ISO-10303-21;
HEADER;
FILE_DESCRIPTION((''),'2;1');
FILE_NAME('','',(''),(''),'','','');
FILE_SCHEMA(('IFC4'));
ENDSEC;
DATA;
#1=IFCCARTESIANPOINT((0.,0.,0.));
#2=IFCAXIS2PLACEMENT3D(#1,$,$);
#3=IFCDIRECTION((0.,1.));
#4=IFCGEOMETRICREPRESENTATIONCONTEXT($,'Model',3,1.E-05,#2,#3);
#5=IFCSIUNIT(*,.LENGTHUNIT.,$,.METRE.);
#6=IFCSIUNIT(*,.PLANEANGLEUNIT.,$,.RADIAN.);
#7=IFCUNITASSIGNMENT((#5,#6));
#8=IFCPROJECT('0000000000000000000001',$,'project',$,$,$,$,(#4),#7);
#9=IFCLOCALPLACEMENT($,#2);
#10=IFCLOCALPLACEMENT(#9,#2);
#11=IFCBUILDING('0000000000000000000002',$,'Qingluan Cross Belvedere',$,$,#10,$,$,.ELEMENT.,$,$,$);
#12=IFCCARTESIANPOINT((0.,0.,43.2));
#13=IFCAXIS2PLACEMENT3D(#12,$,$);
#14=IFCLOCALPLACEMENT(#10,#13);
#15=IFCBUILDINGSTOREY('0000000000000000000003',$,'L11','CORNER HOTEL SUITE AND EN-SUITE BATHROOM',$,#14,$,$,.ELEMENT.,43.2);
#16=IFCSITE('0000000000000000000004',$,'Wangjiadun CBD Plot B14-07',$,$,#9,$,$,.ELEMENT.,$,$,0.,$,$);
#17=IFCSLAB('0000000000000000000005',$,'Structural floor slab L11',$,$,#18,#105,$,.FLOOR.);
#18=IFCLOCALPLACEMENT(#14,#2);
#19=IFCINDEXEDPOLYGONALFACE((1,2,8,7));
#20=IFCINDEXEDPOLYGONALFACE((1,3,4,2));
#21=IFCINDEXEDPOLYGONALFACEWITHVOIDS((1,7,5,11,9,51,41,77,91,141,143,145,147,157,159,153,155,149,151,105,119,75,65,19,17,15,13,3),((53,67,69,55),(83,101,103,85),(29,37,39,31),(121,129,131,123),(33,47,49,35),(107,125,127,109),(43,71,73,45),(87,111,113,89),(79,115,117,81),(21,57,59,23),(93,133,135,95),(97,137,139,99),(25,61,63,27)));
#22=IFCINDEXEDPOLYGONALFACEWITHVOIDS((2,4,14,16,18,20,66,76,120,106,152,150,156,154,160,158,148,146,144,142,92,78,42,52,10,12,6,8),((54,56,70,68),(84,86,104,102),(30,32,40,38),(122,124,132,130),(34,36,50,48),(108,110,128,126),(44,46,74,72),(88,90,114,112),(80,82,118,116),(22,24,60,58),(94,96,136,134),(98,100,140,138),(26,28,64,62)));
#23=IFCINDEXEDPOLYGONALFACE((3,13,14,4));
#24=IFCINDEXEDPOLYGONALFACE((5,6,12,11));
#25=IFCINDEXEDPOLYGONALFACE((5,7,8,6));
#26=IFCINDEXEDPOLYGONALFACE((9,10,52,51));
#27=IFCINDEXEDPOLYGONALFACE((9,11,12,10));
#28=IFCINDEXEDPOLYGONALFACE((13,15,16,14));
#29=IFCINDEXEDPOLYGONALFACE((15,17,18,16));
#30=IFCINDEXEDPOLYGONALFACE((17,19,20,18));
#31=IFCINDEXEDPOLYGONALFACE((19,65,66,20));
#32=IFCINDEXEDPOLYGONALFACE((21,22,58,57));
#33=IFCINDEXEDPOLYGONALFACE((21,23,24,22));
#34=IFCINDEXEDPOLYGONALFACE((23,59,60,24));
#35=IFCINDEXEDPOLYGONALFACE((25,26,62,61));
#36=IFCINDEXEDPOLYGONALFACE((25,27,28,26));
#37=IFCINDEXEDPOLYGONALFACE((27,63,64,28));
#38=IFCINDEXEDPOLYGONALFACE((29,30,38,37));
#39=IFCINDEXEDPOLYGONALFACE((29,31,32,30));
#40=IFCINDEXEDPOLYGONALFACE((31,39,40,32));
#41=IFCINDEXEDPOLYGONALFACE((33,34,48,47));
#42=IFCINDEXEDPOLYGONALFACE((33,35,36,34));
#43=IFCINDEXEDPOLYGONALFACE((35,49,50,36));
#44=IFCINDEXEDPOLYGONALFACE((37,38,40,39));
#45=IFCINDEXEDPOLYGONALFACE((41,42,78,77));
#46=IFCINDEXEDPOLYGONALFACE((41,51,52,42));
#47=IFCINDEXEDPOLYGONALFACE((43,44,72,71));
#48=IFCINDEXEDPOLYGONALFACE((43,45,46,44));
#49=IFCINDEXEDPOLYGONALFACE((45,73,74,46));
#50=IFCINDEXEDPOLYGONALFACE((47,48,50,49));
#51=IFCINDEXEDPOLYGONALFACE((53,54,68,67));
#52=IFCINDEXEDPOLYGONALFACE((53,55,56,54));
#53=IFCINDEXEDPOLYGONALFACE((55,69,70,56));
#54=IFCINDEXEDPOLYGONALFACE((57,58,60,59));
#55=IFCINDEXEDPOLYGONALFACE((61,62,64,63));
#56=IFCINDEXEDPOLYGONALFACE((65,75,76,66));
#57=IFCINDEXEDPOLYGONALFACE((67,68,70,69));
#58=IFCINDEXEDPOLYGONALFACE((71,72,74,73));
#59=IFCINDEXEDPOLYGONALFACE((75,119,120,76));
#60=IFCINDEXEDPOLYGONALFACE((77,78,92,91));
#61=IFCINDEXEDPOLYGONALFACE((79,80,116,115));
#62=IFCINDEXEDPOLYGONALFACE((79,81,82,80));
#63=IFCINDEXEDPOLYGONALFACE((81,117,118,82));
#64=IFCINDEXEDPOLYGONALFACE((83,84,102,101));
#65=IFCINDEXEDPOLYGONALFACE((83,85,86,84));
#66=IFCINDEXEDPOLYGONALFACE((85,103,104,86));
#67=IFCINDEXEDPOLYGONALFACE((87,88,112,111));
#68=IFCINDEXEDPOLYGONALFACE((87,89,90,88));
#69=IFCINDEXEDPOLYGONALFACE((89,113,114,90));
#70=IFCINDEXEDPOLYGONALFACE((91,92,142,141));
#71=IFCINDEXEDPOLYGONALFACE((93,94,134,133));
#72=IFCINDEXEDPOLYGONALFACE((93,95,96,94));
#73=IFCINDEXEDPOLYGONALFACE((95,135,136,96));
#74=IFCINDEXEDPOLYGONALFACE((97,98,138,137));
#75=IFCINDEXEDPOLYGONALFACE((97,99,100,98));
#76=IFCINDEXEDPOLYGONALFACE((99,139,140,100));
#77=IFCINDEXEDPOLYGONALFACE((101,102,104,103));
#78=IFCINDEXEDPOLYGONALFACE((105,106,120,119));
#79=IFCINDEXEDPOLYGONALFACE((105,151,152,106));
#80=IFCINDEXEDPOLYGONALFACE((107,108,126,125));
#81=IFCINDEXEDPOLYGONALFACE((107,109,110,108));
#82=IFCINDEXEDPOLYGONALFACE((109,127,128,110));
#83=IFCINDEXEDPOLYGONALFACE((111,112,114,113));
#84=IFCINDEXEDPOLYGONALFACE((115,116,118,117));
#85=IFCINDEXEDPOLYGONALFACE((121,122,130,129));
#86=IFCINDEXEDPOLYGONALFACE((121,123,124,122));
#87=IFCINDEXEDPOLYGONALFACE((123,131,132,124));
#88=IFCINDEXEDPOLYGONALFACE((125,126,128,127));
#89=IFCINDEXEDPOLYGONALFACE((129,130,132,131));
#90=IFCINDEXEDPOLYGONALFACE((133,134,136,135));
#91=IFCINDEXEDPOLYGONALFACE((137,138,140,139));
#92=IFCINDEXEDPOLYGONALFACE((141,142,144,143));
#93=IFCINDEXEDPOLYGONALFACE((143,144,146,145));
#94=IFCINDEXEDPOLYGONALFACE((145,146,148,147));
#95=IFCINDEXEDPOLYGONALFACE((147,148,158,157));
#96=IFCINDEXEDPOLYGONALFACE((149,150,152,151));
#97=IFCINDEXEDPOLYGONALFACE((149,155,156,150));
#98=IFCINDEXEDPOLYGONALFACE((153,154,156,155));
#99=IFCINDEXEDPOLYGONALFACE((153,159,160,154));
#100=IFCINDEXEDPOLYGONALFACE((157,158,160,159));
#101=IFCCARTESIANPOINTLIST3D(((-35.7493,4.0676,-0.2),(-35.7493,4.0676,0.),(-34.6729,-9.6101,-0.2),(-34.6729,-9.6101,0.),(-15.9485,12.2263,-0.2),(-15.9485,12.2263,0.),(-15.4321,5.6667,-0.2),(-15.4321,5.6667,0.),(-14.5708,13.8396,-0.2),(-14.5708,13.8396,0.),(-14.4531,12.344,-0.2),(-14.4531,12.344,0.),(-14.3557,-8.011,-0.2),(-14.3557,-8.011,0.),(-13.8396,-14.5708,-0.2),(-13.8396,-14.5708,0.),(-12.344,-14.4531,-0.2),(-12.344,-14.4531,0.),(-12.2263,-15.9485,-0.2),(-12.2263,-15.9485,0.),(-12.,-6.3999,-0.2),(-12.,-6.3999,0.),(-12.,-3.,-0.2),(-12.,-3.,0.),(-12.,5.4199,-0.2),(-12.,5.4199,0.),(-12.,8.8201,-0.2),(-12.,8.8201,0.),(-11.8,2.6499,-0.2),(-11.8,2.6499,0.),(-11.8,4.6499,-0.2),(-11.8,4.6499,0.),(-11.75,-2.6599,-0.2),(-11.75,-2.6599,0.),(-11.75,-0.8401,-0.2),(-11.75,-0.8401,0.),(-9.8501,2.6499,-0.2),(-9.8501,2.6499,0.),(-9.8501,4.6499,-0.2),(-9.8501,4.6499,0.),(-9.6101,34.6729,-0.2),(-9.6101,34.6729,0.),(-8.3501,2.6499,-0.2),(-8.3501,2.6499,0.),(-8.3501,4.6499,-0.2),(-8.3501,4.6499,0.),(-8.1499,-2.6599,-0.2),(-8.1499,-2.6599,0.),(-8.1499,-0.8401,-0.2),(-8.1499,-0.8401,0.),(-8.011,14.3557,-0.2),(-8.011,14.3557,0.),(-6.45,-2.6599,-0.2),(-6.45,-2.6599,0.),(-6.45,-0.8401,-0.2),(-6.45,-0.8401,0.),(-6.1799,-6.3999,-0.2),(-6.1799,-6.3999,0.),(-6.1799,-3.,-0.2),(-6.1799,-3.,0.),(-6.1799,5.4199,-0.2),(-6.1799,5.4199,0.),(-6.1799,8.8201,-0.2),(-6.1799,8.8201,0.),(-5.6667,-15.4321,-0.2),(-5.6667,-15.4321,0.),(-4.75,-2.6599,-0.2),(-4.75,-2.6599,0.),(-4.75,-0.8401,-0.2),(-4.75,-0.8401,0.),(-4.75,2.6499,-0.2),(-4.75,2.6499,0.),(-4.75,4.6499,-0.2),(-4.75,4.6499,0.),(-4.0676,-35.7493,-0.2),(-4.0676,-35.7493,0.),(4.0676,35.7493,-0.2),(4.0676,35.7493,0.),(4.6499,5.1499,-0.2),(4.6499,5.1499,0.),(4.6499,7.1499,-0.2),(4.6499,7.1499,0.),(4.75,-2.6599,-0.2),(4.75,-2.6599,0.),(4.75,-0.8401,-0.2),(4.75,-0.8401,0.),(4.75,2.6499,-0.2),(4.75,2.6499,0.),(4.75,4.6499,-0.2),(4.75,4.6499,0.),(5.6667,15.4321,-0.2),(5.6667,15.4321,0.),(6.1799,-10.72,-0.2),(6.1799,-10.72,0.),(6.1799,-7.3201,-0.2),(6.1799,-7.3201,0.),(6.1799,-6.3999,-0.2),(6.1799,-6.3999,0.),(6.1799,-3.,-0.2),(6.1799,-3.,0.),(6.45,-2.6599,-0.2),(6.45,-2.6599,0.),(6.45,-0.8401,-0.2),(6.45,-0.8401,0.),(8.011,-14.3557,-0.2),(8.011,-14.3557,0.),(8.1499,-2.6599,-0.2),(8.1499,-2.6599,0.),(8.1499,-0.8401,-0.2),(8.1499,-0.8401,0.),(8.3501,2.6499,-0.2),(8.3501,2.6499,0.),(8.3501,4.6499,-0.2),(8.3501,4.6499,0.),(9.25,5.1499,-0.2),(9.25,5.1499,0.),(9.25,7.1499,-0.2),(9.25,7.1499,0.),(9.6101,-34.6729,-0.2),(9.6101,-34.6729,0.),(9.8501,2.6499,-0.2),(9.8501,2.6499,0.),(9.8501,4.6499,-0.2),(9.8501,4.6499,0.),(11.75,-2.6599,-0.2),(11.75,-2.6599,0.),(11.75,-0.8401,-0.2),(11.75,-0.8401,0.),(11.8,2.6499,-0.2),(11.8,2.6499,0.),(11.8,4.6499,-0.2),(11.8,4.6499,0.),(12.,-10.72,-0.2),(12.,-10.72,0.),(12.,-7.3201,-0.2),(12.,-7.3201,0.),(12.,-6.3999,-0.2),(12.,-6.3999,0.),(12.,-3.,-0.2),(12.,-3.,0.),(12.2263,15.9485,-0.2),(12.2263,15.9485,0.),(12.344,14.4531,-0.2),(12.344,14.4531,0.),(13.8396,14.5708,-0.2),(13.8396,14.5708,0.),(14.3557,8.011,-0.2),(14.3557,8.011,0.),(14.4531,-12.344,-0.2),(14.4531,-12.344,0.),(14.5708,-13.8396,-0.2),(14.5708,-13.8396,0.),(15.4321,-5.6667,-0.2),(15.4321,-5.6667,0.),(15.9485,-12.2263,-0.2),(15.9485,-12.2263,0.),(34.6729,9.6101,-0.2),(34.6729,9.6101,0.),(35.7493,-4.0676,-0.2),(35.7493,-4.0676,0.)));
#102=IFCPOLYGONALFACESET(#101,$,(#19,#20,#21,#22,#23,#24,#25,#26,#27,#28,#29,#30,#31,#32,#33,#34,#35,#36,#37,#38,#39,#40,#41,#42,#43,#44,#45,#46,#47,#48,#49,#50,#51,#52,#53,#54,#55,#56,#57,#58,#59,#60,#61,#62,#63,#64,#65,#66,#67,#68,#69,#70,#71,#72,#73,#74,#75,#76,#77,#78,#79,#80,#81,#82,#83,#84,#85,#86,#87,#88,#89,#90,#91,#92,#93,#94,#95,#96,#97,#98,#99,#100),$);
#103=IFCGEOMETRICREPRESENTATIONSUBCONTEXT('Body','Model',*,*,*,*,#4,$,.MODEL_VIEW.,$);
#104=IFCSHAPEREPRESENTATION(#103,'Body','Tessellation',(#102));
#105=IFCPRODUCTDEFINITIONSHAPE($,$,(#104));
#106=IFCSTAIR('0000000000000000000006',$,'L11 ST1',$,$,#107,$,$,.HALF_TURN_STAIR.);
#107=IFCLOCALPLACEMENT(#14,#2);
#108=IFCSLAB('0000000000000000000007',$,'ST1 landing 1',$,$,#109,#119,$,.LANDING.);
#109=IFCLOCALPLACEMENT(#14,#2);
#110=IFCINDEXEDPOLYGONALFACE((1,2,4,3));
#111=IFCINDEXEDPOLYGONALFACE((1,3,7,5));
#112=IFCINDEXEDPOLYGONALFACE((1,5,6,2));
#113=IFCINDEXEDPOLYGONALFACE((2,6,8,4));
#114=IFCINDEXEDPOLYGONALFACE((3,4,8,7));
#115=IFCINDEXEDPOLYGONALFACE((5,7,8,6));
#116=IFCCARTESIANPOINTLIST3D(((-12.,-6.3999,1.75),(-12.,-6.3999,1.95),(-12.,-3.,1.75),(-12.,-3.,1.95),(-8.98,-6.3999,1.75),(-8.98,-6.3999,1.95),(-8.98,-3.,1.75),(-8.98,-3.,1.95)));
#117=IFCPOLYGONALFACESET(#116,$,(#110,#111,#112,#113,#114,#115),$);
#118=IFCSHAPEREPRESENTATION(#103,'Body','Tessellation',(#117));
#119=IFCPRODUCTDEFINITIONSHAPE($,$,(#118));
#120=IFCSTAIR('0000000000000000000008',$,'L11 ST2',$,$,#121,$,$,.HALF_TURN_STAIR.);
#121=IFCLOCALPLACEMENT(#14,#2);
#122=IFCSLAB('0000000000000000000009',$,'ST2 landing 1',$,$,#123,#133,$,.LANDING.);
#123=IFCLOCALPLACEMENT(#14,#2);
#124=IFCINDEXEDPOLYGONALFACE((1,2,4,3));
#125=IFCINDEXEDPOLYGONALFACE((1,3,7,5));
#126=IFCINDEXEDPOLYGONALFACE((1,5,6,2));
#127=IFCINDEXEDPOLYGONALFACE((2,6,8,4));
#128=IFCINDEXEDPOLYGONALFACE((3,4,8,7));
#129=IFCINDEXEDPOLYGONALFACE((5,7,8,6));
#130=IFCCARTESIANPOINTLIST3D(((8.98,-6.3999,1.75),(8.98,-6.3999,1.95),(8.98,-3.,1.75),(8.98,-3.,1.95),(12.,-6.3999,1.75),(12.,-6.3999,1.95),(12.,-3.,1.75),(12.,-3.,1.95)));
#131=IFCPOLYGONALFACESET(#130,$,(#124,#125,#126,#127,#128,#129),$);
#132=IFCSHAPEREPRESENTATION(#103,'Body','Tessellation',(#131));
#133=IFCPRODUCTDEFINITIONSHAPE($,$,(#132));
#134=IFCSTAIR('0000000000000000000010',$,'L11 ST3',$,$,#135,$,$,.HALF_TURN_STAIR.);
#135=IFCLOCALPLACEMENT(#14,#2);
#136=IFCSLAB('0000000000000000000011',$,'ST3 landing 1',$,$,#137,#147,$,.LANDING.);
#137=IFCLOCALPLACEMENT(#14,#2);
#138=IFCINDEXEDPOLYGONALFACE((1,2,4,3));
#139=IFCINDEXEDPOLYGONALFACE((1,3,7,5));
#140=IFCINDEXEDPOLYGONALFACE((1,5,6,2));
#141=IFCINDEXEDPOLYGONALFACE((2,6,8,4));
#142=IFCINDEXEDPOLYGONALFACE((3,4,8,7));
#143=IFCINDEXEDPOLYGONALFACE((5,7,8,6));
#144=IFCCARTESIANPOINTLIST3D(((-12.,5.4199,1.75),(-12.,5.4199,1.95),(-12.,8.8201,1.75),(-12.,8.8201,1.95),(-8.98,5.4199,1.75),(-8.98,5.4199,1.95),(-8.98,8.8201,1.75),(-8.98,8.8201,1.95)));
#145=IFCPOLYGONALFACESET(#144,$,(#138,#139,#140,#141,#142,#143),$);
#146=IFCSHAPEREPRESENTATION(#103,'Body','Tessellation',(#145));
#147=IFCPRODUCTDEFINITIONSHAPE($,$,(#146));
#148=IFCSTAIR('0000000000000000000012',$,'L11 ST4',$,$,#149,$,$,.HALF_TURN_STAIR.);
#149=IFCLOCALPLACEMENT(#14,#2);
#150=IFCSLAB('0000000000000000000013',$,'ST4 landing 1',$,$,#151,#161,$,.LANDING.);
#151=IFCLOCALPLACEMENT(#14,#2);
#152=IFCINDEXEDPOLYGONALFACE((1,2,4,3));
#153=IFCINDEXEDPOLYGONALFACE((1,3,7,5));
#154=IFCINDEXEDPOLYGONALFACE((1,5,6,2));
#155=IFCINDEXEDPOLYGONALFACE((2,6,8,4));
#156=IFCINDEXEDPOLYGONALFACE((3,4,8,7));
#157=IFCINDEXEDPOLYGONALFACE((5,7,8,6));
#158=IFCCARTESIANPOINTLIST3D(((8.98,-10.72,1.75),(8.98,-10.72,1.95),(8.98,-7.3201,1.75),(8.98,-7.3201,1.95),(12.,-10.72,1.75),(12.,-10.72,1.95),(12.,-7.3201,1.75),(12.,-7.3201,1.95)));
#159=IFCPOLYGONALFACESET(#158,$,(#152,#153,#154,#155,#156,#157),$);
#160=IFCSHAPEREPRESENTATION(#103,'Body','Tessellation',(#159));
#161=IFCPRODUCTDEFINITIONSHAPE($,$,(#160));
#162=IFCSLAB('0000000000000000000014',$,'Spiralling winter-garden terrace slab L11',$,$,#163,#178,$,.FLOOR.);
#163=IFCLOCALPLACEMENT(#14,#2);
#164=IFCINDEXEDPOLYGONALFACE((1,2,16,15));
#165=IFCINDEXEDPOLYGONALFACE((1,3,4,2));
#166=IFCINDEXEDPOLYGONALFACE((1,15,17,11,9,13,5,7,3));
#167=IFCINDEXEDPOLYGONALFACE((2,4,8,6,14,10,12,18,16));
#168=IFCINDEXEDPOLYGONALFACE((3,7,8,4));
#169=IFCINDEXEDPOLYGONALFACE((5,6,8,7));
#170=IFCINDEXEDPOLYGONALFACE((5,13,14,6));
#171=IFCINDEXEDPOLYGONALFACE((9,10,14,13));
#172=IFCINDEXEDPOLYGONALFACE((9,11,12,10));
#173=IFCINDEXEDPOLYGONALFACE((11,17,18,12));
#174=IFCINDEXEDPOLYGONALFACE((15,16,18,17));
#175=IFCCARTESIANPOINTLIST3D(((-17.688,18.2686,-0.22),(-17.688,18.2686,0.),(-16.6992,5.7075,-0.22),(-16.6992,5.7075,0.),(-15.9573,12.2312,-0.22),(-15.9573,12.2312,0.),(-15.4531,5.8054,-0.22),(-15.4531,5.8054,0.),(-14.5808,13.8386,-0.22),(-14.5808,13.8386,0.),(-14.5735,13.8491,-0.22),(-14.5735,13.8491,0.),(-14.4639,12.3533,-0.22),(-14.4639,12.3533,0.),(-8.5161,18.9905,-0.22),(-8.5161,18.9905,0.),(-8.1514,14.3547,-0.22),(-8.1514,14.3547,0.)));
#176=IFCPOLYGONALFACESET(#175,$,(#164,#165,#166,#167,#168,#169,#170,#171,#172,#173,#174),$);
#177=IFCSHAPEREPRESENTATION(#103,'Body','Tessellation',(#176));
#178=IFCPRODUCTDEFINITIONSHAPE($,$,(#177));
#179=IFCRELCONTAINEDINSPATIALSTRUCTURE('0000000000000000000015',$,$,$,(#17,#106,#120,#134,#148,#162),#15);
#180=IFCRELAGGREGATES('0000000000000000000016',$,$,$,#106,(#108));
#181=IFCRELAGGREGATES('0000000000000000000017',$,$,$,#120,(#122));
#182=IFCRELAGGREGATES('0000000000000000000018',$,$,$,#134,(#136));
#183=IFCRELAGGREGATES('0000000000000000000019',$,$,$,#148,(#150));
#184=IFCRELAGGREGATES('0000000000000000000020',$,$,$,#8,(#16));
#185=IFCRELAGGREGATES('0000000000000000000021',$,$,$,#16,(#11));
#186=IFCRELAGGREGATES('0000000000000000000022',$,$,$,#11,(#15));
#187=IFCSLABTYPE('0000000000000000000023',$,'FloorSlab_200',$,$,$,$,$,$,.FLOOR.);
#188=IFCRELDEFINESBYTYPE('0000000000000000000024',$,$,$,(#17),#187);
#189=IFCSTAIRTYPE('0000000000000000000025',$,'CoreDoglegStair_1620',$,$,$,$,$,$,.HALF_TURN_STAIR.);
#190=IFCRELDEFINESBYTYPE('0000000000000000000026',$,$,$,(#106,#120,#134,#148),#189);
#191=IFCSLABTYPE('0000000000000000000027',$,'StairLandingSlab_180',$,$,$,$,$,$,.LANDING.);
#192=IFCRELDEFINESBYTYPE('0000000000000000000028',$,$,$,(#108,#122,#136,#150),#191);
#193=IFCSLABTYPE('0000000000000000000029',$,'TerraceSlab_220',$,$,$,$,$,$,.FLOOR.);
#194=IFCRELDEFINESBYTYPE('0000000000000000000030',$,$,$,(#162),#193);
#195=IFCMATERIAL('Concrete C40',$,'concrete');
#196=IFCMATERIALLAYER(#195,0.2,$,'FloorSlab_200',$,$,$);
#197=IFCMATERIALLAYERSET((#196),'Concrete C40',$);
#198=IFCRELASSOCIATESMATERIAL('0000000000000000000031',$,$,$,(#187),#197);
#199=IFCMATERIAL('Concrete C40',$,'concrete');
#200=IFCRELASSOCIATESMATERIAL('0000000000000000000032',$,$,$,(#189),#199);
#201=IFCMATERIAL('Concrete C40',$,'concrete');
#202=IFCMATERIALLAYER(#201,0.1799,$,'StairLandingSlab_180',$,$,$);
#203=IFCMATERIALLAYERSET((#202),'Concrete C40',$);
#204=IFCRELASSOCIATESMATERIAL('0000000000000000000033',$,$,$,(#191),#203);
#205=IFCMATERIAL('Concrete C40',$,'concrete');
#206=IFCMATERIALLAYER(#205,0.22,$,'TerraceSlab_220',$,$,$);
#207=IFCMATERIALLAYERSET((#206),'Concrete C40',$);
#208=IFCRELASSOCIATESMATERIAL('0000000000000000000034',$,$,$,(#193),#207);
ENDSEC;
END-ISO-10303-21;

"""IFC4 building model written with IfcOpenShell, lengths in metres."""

from ifc_helpers import new_model, si_unit, direction, frame, origin, place, context, subcontext, project, spatial, polyline, outline, extrude, material, layer, layer_set, type_object, element, aggregate, save


model = new_model("IFC4")

# Units and contexts
model_context = context("Model", 3, precision=1e-05, world=origin(), true_north=direction((0.0, 1.0)))
body_context = subcontext(model_context, "Body", "Model", "MODEL_VIEW")
ifc_project = project(units=[si_unit("LENGTHUNIT", "METRE"), si_unit("PLANEANGLEUNIT", "RADIAN")], contexts=[model_context])

# Site, building, storey
site_placement = place(None, origin())
site = spatial("IfcSite", under=ifc_project, at=site_placement, Name="Wangjiadun CBD Plot B14-07", CompositionType="ELEMENT", RefElevation=0.0)
building_placement = place(site_placement, origin())
building = spatial("IfcBuilding", under=site, at=building_placement, Name="Qingluan Cross Belvedere", CompositionType="ELEMENT")
storey_placement = place(building_placement, frame((0.0, 0.0, 43.2)))
storey = spatial("IfcBuildingStorey", under=building, at=storey_placement, Name="L11", Description="CORNER HOTEL SUITE AND EN-SUITE BATHROOM", CompositionType="ELEMENT", Elevation=43.2)

# Slab
ifc_material_1 = material(Name="Concrete C40", Category="concrete")
ifc_layer_1 = layer(ifc_material_1, 0.2, Name="FloorSlab_200")
ifc_layer_set_1 = layer_set([ifc_layer_1], Name="Concrete C40")
slab_type_1 = type_object("IfcSlabType", Name="FloorSlab_200", PredefinedType="FLOOR", material=ifc_layer_set_1)
slab_1_placement = place(storey_placement, frame((0.0, 0.0, -0.2)))
element("IfcSlab", 1, at=slab_1_placement, inside=storey, type_object=slab_type_1, Name="Structural floor slab L11", PredefinedType="FLOOR", context=body_context, shape_type="SweptSolid", body=[
    extrude(outline(polyline([(9.6101, -34.6729), (8.011, -14.3557), (14.5708, -13.8396), (14.4531, -12.344), (15.9485, -12.2263), (15.4321, -5.6667), (35.7493, -4.0676), (34.6729, 9.6101), (14.3557, 8.011), (13.8396, 14.5708), (12.344, 14.4531), (12.2263, 15.9485), (5.6667, 15.4321), (4.0676, 35.7493), (-9.6101, 34.6729), (-8.011, 14.3557), (-14.5708, 13.8396), (-14.4531, 12.344), (-15.9485, 12.2263), (-15.4321, 5.6667), (-35.7493, 4.0676), (-34.6729, -9.6101), (-14.3557, -8.011), (-13.8396, -14.5708), (-12.344, -14.4531), (-12.2263, -15.9485), (-5.6667, -15.4321), (-4.0676, -35.7493), (9.6101, -34.6729)]), holes=[polyline([(-12.0, -3.0), (-6.1799, -3.0), (-6.1799, -6.3999), (-12.0, -6.3999), (-12.0, -3.0)]), polyline([(6.1799, -3.0), (12.0, -3.0), (12.0, -6.3999), (6.1799, -6.3999), (6.1799, -3.0)]), polyline([(-12.0, 8.8201), (-6.1799, 8.8201), (-6.1799, 5.4199), (-12.0, 5.4199), (-12.0, 8.8201)]), polyline([(6.1799, -7.3201), (12.0, -7.3201), (12.0, -10.72), (6.1799, -10.72), (6.1799, -7.3201)]), polyline([(-11.8, 4.6499), (-9.8501, 4.6499), (-9.8501, 2.6499), (-11.8, 2.6499), (-11.8, 4.6499)]), polyline([(-8.3501, 4.6499), (-4.75, 4.6499), (-4.75, 2.6499), (-8.3501, 2.6499), (-8.3501, 4.6499)]), polyline([(4.75, 4.6499), (8.3501, 4.6499), (8.3501, 2.6499), (4.75, 2.6499), (4.75, 4.6499)]), polyline([(9.8501, 4.6499), (11.8, 4.6499), (11.8, 2.6499), (9.8501, 2.6499), (9.8501, 4.6499)]), polyline([(-11.75, -0.8401), (-8.1499, -0.8401), (-8.1499, -2.6599), (-11.75, -2.6599), (-11.75, -0.8401)]), polyline([(-6.45, -0.8401), (-4.75, -0.8401), (-4.75, -2.6599), (-6.45, -2.6599), (-6.45, -0.8401)]), polyline([(4.75, -0.8401), (6.45, -0.8401), (6.45, -2.6599), (4.75, -2.6599), (4.75, -0.8401)]), polyline([(8.1499, -0.8401), (11.75, -0.8401), (11.75, -2.6599), (8.1499, -2.6599), (8.1499, -0.8401)]), polyline([(4.6499, 7.1499), (9.25, 7.1499), (9.25, 5.1499), (4.6499, 5.1499), (4.6499, 7.1499)])]), origin(), (0.0, 0.0, 1.0), 0.2),
])

# Stairs, slabs
ifc_material_2 = material(Name="Concrete C40", Category="concrete")
stair_type = type_object("IfcStairType", Name="CoreDoglegStair_1620", PredefinedType="HALF_TURN_STAIR", material=ifc_material_2)
stair_1_placement = place(storey_placement, origin())
stair_1 = element("IfcStair", 2, at=stair_1_placement, inside=storey, type_object=stair_type, Name="L11 ST1", PredefinedType="HALF_TURN_STAIR")
ifc_material_3 = material(Name="Concrete C40", Category="concrete")
ifc_layer_2 = layer(ifc_material_3, 0.1799, Name="StairLandingSlab_180")
ifc_layer_set_2 = layer_set([ifc_layer_2], Name="Concrete C40")
slab_type_2 = type_object("IfcSlabType", Name="StairLandingSlab_180", PredefinedType="LANDING", material=ifc_layer_set_2)
slab_2_placement = place(storey_placement, frame((0.0, 0.0, 1.75)))
slab_2 = element("IfcSlab", 3, at=slab_2_placement, type_object=slab_type_2, Name="ST1 landing 1", PredefinedType="LANDING", context=body_context, shape_type="SweptSolid", body=[
    extrude(outline(polyline([(-8.98, -3.0), (-12.0, -3.0), (-12.0, -6.3999), (-8.98, -6.3999), (-8.98, -3.0)])), origin(), (0.0, 0.0, 1.0), 0.2),
])
aggregate(stair_1, [slab_2])
stair_2_placement = place(storey_placement, origin())
stair_2 = element("IfcStair", 4, at=stair_2_placement, inside=storey, type_object=stair_type, Name="L11 ST2", PredefinedType="HALF_TURN_STAIR")
slab_3_placement = place(storey_placement, frame((0.0, 0.0, 1.75)))
slab_3 = element("IfcSlab", 5, at=slab_3_placement, type_object=slab_type_2, Name="ST2 landing 1", PredefinedType="LANDING", context=body_context, shape_type="SweptSolid", body=[
    extrude(outline(polyline([(8.98, -6.3999), (12.0, -6.3999), (12.0, -3.0), (8.98, -3.0), (8.98, -6.3999)])), origin(), (0.0, 0.0, 1.0), 0.2),
])
aggregate(stair_2, [slab_3])
stair_3_placement = place(storey_placement, origin())
stair_3 = element("IfcStair", 6, at=stair_3_placement, inside=storey, type_object=stair_type, Name="L11 ST3", PredefinedType="HALF_TURN_STAIR")
slab_4_placement = place(storey_placement, frame((0.0, 0.0, 1.75)))
slab_4 = element("IfcSlab", 7, at=slab_4_placement, type_object=slab_type_2, Name="ST3 landing 1", PredefinedType="LANDING", context=body_context, shape_type="SweptSolid", body=[
    extrude(outline(polyline([(-8.98, 8.8201), (-12.0, 8.8201), (-12.0, 5.4199), (-8.98, 5.4199), (-8.98, 8.8201)])), origin(), (0.0, 0.0, 1.0), 0.2),
])
aggregate(stair_3, [slab_4])
stair_4_placement = place(storey_placement, origin())
stair_4 = element("IfcStair", 8, at=stair_4_placement, inside=storey, type_object=stair_type, Name="L11 ST4", PredefinedType="HALF_TURN_STAIR")
slab_5_placement = place(storey_placement, frame((0.0, 0.0, 1.75)))
slab_5 = element("IfcSlab", 9, at=slab_5_placement, type_object=slab_type_2, Name="ST4 landing 1", PredefinedType="LANDING", context=body_context, shape_type="SweptSolid", body=[
    extrude(outline(polyline([(8.98, -10.72), (12.0, -10.72), (12.0, -7.3201), (8.98, -7.3201), (8.98, -10.72)])), origin(), (0.0, 0.0, 1.0), 0.2),
])
aggregate(stair_4, [slab_5])

# Slab
ifc_material_4 = material(Name="Concrete C40", Category="concrete")
ifc_layer_3 = layer(ifc_material_4, 0.22, Name="TerraceSlab_220")
ifc_layer_set_3 = layer_set([ifc_layer_3], Name="Concrete C40")
slab_type_3 = type_object("IfcSlabType", Name="TerraceSlab_220", PredefinedType="FLOOR", material=ifc_layer_set_3)
slab_6_placement = place(storey_placement, frame((0.0, 0.0, -0.22)))
element("IfcSlab", 10, at=slab_6_placement, inside=storey, type_object=slab_type_3, Name="Spiralling winter-garden terrace slab L11", PredefinedType="FLOOR", context=body_context, shape_type="SweptSolid", body=[
    extrude(outline(polyline([(-15.4531, 5.8054), (-15.9573, 12.2312), (-14.4639, 12.3533), (-14.5808, 13.8386), (-14.5735, 13.8491), (-8.1514, 14.3547), (-8.5161, 18.9905), (-17.688, 18.2686), (-16.6992, 5.7075), (-15.4531, 5.8054)])), origin(), (0.0, 0.0, 1.0), 0.22),
])

save(model, "model.ifc")
